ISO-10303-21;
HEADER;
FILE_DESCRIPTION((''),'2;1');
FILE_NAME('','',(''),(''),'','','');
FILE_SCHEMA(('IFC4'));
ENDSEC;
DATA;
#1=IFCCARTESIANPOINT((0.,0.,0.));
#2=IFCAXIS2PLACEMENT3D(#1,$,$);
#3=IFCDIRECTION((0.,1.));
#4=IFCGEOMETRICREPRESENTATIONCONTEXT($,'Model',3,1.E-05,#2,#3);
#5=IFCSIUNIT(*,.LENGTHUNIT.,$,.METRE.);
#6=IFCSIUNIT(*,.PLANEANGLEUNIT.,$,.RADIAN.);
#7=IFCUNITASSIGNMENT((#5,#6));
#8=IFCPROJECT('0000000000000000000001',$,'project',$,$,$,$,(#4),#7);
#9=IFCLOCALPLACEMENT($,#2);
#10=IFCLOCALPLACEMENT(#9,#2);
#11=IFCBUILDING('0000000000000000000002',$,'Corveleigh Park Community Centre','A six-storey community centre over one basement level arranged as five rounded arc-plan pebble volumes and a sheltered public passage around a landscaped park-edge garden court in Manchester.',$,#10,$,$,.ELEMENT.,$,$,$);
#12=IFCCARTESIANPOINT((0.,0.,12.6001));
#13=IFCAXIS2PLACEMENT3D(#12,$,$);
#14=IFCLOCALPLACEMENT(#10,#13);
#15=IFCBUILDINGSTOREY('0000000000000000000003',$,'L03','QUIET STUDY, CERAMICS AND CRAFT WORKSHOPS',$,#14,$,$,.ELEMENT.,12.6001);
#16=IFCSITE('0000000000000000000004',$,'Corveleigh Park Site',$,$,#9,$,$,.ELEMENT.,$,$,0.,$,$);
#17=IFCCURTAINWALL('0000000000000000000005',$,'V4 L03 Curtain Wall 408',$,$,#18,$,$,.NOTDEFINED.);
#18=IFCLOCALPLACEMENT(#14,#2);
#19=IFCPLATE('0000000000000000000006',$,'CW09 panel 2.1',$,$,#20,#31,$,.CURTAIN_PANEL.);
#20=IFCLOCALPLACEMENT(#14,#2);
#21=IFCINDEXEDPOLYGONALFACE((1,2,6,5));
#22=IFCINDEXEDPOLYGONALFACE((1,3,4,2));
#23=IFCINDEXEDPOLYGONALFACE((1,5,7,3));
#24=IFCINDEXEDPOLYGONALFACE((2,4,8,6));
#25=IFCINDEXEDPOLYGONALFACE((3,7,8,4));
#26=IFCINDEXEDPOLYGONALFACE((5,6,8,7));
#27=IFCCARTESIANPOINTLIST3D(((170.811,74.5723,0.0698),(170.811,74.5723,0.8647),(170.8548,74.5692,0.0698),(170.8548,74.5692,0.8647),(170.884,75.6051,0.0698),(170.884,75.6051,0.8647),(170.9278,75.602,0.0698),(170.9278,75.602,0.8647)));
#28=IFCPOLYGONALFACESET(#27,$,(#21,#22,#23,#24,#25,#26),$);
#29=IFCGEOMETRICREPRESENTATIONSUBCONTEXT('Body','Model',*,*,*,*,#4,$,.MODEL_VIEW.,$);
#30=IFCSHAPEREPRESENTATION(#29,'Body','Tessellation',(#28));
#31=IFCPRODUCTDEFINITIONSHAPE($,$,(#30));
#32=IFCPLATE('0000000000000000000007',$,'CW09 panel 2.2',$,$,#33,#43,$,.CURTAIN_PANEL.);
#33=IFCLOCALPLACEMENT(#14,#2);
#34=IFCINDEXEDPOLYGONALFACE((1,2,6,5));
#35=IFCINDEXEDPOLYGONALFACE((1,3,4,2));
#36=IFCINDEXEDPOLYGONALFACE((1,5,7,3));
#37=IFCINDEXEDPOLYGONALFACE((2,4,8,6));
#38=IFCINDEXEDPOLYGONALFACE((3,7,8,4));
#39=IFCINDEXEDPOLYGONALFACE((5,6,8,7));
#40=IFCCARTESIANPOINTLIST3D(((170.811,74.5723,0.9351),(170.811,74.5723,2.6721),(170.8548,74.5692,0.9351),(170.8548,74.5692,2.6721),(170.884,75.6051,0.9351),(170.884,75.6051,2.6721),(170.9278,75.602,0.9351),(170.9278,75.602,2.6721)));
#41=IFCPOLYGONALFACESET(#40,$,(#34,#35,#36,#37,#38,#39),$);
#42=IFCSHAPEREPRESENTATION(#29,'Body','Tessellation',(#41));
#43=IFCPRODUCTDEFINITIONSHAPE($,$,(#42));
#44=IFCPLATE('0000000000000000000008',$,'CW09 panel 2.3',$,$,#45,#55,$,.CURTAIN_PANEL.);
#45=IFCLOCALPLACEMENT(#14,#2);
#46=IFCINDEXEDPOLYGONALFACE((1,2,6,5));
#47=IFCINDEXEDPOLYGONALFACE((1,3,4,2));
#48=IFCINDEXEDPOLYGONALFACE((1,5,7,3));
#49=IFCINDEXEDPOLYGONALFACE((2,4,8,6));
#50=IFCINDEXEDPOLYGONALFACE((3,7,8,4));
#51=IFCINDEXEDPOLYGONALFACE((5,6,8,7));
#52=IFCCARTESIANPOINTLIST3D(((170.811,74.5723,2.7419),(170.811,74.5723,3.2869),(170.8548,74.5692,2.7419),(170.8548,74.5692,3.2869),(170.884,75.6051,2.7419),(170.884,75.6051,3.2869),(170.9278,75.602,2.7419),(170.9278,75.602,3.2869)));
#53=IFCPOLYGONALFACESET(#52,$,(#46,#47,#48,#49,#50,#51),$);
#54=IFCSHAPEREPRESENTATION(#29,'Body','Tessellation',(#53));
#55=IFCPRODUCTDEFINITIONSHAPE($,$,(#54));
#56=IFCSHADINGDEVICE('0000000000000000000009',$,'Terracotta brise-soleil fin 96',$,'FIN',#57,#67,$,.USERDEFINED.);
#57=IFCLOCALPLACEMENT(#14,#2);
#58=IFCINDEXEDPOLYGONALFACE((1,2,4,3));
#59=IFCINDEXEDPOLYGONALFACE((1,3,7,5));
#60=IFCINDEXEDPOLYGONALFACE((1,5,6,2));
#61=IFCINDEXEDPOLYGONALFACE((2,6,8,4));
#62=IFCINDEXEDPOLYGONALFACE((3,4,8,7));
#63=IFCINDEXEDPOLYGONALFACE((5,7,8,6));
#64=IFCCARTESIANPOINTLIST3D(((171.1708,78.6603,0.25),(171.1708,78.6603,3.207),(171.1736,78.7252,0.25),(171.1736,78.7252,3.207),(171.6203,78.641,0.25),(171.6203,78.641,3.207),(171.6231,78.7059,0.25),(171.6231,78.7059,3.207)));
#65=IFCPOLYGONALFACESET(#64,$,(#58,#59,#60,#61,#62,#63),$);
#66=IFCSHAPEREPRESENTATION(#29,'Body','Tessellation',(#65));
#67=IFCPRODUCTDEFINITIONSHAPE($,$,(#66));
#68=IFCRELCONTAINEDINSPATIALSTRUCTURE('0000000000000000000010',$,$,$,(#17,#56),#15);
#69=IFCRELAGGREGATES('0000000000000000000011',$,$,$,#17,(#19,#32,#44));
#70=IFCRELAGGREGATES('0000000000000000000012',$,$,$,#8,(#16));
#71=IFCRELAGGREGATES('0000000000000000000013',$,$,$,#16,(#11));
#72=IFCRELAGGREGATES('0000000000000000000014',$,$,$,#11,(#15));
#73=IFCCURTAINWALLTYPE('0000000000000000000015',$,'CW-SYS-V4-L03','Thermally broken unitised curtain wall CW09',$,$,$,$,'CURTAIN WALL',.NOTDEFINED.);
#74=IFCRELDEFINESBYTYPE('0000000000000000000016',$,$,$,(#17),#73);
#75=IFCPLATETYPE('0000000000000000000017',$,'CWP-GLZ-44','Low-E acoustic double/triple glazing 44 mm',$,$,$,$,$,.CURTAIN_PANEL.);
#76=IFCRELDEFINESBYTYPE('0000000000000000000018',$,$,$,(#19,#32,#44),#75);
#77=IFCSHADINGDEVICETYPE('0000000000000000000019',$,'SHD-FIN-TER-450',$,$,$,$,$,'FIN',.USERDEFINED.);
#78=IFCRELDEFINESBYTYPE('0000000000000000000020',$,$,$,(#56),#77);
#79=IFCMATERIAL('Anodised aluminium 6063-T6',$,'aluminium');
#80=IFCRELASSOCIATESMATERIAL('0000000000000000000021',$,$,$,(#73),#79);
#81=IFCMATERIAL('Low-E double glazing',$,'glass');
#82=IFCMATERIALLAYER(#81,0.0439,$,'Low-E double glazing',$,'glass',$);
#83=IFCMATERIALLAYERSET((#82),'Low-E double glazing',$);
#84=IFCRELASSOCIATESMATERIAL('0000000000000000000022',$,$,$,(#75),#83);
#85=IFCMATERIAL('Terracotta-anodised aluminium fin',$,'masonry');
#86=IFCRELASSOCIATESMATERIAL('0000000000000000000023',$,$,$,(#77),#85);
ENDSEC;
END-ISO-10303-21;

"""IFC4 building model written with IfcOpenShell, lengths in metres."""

from ifc_helpers import new_model, si_unit, direction, frame, origin, origin_2d, place, context, subcontext, project, spatial, rectangle, extrude, material, layer, layer_set, type_object, element, aggregate, save


model = new_model("IFC4")

# Units and contexts
model_context = context("Model", 3, precision=1e-05, world=origin(), true_north=direction((0.0, 1.0)))
body_context = subcontext(model_context, "Body", "Model", "MODEL_VIEW")
ifc_project = project(units=[si_unit("LENGTHUNIT", "METRE"), si_unit("PLANEANGLEUNIT", "RADIAN")], contexts=[model_context])

# Site, building, storey
site_placement = place(None, origin())
site = spatial("IfcSite", under=ifc_project, at=site_placement, Name="Corveleigh Park Site", CompositionType="ELEMENT", RefElevation=0.0)
building_placement = place(site_placement, origin())
building = spatial("IfcBuilding", under=site, at=building_placement, Name="Corveleigh Park Community Centre", Description="A six-storey community centre over one basement level arranged as five rounded arc-plan pebble volumes and a sheltered public passage around a landscaped park-edge garden court in Manchester.", CompositionType="ELEMENT")
storey_placement = place(building_placement, frame((0.0, 0.0, 12.6001)))
storey = spatial("IfcBuildingStorey", under=building, at=storey_placement, Name="L03", Description="QUIET STUDY, CERAMICS AND CRAFT WORKSHOPS", CompositionType="ELEMENT", Elevation=12.6001)

# Curtain wall
ifc_material_1 = material(Name="Anodised aluminium 6063-T6", Category="aluminium")
curtain_wall_type = type_object("IfcCurtainWallType", Name="CW-SYS-V4-L03", Description="Thermally broken unitised curtain wall CW09", ElementType="CURTAIN WALL", PredefinedType="NOTDEFINED", material=ifc_material_1)
curtain_wall_1_placement = place(storey_placement, origin())
curtain_wall_1 = element("IfcCurtainWall", 1, at=curtain_wall_1_placement, inside=storey, type_object=curtain_wall_type, Name="V4 L03 Curtain Wall 408", PredefinedType="NOTDEFINED")

# Plates
ifc_material_2 = material(Name="Low-E double glazing", Category="glass")
ifc_layer = layer(ifc_material_2, 0.0439, Name="Low-E double glazing", Category="glass")
ifc_layer_set = layer_set([ifc_layer], Name="Low-E double glazing")
plate_type = type_object("IfcPlateType", Name="CWP-GLZ-44", Description="Low-E acoustic double/triple glazing 44 mm", PredefinedType="CURTAIN_PANEL", material=ifc_layer_set)
plate_1_placement = place(storey_placement, frame((170.8694, 75.0872, 0.0698), z_axis=(0.0, 0.0, 1.0), x_axis=(-0.070514, -0.997511, 0.0)))
plate_1 = element("IfcPlate", 2, at=plate_1_placement, type_object=plate_type, Name="CW09 panel 2.1", PredefinedType="CURTAIN_PANEL", context=body_context, shape_type="SweptSolid", body=[
    extrude(rectangle(XDim=1.0354, YDim=0.0439, at=origin_2d()), origin(), (0.0, 0.0, 1.0), 0.7949),
])
plate_2_placement = place(storey_placement, frame((170.8694, 75.0872, 0.9351), z_axis=(0.0, 0.0, 1.0), x_axis=(-0.070514, -0.997511, 0.0)))
plate_2 = element("IfcPlate", 3, at=plate_2_placement, type_object=plate_type, Name="CW09 panel 2.2", PredefinedType="CURTAIN_PANEL", context=body_context, shape_type="SweptSolid", body=[
    extrude(rectangle(XDim=1.0354, YDim=0.0439, at=origin_2d()), origin(), (0.0, 0.0, 1.0), 1.7371),
])
plate_3_placement = place(storey_placement, frame((170.8694, 75.0872, 2.7419), z_axis=(0.0, 0.0, 1.0), x_axis=(-0.070514, -0.997511, 0.0)))
plate_3 = element("IfcPlate", 4, at=plate_3_placement, type_object=plate_type, Name="CW09 panel 2.3", PredefinedType="CURTAIN_PANEL", context=body_context, shape_type="SweptSolid", body=[
    extrude(rectangle(XDim=1.0354, YDim=0.0439, at=origin_2d()), origin(), (0.0, 0.0, 1.0), 0.5449),
])
aggregate(curtain_wall_1, [plate_1, plate_2, plate_3])

# Shading device
ifc_material_3 = material(Name="Terracotta-anodised aluminium fin", Category="masonry")
shading_device_type = type_object("IfcShadingDeviceType", Name="SHD-FIN-TER-450", ElementType="FIN", PredefinedType="USERDEFINED", material=ifc_material_3)
shading_device_placement = place(storey_placement, frame((171.397, 78.6831, 0.25), z_axis=(0.0, 0.0, 1.0), x_axis=(0.999075, -0.043008, 0.0)))
element("IfcShadingDevice", 5, at=shading_device_placement, inside=storey, type_object=shading_device_type, Name="Terracotta brise-soleil fin 96", ObjectType="FIN", PredefinedType="USERDEFINED", context=body_context, shape_type="SweptSolid", body=[
    extrude(rectangle(XDim=0.45, YDim=0.0649, at=origin_2d()), origin(), (0.0, 0.0, 1.0), 2.957),
])

save(model, "model.ifc")
